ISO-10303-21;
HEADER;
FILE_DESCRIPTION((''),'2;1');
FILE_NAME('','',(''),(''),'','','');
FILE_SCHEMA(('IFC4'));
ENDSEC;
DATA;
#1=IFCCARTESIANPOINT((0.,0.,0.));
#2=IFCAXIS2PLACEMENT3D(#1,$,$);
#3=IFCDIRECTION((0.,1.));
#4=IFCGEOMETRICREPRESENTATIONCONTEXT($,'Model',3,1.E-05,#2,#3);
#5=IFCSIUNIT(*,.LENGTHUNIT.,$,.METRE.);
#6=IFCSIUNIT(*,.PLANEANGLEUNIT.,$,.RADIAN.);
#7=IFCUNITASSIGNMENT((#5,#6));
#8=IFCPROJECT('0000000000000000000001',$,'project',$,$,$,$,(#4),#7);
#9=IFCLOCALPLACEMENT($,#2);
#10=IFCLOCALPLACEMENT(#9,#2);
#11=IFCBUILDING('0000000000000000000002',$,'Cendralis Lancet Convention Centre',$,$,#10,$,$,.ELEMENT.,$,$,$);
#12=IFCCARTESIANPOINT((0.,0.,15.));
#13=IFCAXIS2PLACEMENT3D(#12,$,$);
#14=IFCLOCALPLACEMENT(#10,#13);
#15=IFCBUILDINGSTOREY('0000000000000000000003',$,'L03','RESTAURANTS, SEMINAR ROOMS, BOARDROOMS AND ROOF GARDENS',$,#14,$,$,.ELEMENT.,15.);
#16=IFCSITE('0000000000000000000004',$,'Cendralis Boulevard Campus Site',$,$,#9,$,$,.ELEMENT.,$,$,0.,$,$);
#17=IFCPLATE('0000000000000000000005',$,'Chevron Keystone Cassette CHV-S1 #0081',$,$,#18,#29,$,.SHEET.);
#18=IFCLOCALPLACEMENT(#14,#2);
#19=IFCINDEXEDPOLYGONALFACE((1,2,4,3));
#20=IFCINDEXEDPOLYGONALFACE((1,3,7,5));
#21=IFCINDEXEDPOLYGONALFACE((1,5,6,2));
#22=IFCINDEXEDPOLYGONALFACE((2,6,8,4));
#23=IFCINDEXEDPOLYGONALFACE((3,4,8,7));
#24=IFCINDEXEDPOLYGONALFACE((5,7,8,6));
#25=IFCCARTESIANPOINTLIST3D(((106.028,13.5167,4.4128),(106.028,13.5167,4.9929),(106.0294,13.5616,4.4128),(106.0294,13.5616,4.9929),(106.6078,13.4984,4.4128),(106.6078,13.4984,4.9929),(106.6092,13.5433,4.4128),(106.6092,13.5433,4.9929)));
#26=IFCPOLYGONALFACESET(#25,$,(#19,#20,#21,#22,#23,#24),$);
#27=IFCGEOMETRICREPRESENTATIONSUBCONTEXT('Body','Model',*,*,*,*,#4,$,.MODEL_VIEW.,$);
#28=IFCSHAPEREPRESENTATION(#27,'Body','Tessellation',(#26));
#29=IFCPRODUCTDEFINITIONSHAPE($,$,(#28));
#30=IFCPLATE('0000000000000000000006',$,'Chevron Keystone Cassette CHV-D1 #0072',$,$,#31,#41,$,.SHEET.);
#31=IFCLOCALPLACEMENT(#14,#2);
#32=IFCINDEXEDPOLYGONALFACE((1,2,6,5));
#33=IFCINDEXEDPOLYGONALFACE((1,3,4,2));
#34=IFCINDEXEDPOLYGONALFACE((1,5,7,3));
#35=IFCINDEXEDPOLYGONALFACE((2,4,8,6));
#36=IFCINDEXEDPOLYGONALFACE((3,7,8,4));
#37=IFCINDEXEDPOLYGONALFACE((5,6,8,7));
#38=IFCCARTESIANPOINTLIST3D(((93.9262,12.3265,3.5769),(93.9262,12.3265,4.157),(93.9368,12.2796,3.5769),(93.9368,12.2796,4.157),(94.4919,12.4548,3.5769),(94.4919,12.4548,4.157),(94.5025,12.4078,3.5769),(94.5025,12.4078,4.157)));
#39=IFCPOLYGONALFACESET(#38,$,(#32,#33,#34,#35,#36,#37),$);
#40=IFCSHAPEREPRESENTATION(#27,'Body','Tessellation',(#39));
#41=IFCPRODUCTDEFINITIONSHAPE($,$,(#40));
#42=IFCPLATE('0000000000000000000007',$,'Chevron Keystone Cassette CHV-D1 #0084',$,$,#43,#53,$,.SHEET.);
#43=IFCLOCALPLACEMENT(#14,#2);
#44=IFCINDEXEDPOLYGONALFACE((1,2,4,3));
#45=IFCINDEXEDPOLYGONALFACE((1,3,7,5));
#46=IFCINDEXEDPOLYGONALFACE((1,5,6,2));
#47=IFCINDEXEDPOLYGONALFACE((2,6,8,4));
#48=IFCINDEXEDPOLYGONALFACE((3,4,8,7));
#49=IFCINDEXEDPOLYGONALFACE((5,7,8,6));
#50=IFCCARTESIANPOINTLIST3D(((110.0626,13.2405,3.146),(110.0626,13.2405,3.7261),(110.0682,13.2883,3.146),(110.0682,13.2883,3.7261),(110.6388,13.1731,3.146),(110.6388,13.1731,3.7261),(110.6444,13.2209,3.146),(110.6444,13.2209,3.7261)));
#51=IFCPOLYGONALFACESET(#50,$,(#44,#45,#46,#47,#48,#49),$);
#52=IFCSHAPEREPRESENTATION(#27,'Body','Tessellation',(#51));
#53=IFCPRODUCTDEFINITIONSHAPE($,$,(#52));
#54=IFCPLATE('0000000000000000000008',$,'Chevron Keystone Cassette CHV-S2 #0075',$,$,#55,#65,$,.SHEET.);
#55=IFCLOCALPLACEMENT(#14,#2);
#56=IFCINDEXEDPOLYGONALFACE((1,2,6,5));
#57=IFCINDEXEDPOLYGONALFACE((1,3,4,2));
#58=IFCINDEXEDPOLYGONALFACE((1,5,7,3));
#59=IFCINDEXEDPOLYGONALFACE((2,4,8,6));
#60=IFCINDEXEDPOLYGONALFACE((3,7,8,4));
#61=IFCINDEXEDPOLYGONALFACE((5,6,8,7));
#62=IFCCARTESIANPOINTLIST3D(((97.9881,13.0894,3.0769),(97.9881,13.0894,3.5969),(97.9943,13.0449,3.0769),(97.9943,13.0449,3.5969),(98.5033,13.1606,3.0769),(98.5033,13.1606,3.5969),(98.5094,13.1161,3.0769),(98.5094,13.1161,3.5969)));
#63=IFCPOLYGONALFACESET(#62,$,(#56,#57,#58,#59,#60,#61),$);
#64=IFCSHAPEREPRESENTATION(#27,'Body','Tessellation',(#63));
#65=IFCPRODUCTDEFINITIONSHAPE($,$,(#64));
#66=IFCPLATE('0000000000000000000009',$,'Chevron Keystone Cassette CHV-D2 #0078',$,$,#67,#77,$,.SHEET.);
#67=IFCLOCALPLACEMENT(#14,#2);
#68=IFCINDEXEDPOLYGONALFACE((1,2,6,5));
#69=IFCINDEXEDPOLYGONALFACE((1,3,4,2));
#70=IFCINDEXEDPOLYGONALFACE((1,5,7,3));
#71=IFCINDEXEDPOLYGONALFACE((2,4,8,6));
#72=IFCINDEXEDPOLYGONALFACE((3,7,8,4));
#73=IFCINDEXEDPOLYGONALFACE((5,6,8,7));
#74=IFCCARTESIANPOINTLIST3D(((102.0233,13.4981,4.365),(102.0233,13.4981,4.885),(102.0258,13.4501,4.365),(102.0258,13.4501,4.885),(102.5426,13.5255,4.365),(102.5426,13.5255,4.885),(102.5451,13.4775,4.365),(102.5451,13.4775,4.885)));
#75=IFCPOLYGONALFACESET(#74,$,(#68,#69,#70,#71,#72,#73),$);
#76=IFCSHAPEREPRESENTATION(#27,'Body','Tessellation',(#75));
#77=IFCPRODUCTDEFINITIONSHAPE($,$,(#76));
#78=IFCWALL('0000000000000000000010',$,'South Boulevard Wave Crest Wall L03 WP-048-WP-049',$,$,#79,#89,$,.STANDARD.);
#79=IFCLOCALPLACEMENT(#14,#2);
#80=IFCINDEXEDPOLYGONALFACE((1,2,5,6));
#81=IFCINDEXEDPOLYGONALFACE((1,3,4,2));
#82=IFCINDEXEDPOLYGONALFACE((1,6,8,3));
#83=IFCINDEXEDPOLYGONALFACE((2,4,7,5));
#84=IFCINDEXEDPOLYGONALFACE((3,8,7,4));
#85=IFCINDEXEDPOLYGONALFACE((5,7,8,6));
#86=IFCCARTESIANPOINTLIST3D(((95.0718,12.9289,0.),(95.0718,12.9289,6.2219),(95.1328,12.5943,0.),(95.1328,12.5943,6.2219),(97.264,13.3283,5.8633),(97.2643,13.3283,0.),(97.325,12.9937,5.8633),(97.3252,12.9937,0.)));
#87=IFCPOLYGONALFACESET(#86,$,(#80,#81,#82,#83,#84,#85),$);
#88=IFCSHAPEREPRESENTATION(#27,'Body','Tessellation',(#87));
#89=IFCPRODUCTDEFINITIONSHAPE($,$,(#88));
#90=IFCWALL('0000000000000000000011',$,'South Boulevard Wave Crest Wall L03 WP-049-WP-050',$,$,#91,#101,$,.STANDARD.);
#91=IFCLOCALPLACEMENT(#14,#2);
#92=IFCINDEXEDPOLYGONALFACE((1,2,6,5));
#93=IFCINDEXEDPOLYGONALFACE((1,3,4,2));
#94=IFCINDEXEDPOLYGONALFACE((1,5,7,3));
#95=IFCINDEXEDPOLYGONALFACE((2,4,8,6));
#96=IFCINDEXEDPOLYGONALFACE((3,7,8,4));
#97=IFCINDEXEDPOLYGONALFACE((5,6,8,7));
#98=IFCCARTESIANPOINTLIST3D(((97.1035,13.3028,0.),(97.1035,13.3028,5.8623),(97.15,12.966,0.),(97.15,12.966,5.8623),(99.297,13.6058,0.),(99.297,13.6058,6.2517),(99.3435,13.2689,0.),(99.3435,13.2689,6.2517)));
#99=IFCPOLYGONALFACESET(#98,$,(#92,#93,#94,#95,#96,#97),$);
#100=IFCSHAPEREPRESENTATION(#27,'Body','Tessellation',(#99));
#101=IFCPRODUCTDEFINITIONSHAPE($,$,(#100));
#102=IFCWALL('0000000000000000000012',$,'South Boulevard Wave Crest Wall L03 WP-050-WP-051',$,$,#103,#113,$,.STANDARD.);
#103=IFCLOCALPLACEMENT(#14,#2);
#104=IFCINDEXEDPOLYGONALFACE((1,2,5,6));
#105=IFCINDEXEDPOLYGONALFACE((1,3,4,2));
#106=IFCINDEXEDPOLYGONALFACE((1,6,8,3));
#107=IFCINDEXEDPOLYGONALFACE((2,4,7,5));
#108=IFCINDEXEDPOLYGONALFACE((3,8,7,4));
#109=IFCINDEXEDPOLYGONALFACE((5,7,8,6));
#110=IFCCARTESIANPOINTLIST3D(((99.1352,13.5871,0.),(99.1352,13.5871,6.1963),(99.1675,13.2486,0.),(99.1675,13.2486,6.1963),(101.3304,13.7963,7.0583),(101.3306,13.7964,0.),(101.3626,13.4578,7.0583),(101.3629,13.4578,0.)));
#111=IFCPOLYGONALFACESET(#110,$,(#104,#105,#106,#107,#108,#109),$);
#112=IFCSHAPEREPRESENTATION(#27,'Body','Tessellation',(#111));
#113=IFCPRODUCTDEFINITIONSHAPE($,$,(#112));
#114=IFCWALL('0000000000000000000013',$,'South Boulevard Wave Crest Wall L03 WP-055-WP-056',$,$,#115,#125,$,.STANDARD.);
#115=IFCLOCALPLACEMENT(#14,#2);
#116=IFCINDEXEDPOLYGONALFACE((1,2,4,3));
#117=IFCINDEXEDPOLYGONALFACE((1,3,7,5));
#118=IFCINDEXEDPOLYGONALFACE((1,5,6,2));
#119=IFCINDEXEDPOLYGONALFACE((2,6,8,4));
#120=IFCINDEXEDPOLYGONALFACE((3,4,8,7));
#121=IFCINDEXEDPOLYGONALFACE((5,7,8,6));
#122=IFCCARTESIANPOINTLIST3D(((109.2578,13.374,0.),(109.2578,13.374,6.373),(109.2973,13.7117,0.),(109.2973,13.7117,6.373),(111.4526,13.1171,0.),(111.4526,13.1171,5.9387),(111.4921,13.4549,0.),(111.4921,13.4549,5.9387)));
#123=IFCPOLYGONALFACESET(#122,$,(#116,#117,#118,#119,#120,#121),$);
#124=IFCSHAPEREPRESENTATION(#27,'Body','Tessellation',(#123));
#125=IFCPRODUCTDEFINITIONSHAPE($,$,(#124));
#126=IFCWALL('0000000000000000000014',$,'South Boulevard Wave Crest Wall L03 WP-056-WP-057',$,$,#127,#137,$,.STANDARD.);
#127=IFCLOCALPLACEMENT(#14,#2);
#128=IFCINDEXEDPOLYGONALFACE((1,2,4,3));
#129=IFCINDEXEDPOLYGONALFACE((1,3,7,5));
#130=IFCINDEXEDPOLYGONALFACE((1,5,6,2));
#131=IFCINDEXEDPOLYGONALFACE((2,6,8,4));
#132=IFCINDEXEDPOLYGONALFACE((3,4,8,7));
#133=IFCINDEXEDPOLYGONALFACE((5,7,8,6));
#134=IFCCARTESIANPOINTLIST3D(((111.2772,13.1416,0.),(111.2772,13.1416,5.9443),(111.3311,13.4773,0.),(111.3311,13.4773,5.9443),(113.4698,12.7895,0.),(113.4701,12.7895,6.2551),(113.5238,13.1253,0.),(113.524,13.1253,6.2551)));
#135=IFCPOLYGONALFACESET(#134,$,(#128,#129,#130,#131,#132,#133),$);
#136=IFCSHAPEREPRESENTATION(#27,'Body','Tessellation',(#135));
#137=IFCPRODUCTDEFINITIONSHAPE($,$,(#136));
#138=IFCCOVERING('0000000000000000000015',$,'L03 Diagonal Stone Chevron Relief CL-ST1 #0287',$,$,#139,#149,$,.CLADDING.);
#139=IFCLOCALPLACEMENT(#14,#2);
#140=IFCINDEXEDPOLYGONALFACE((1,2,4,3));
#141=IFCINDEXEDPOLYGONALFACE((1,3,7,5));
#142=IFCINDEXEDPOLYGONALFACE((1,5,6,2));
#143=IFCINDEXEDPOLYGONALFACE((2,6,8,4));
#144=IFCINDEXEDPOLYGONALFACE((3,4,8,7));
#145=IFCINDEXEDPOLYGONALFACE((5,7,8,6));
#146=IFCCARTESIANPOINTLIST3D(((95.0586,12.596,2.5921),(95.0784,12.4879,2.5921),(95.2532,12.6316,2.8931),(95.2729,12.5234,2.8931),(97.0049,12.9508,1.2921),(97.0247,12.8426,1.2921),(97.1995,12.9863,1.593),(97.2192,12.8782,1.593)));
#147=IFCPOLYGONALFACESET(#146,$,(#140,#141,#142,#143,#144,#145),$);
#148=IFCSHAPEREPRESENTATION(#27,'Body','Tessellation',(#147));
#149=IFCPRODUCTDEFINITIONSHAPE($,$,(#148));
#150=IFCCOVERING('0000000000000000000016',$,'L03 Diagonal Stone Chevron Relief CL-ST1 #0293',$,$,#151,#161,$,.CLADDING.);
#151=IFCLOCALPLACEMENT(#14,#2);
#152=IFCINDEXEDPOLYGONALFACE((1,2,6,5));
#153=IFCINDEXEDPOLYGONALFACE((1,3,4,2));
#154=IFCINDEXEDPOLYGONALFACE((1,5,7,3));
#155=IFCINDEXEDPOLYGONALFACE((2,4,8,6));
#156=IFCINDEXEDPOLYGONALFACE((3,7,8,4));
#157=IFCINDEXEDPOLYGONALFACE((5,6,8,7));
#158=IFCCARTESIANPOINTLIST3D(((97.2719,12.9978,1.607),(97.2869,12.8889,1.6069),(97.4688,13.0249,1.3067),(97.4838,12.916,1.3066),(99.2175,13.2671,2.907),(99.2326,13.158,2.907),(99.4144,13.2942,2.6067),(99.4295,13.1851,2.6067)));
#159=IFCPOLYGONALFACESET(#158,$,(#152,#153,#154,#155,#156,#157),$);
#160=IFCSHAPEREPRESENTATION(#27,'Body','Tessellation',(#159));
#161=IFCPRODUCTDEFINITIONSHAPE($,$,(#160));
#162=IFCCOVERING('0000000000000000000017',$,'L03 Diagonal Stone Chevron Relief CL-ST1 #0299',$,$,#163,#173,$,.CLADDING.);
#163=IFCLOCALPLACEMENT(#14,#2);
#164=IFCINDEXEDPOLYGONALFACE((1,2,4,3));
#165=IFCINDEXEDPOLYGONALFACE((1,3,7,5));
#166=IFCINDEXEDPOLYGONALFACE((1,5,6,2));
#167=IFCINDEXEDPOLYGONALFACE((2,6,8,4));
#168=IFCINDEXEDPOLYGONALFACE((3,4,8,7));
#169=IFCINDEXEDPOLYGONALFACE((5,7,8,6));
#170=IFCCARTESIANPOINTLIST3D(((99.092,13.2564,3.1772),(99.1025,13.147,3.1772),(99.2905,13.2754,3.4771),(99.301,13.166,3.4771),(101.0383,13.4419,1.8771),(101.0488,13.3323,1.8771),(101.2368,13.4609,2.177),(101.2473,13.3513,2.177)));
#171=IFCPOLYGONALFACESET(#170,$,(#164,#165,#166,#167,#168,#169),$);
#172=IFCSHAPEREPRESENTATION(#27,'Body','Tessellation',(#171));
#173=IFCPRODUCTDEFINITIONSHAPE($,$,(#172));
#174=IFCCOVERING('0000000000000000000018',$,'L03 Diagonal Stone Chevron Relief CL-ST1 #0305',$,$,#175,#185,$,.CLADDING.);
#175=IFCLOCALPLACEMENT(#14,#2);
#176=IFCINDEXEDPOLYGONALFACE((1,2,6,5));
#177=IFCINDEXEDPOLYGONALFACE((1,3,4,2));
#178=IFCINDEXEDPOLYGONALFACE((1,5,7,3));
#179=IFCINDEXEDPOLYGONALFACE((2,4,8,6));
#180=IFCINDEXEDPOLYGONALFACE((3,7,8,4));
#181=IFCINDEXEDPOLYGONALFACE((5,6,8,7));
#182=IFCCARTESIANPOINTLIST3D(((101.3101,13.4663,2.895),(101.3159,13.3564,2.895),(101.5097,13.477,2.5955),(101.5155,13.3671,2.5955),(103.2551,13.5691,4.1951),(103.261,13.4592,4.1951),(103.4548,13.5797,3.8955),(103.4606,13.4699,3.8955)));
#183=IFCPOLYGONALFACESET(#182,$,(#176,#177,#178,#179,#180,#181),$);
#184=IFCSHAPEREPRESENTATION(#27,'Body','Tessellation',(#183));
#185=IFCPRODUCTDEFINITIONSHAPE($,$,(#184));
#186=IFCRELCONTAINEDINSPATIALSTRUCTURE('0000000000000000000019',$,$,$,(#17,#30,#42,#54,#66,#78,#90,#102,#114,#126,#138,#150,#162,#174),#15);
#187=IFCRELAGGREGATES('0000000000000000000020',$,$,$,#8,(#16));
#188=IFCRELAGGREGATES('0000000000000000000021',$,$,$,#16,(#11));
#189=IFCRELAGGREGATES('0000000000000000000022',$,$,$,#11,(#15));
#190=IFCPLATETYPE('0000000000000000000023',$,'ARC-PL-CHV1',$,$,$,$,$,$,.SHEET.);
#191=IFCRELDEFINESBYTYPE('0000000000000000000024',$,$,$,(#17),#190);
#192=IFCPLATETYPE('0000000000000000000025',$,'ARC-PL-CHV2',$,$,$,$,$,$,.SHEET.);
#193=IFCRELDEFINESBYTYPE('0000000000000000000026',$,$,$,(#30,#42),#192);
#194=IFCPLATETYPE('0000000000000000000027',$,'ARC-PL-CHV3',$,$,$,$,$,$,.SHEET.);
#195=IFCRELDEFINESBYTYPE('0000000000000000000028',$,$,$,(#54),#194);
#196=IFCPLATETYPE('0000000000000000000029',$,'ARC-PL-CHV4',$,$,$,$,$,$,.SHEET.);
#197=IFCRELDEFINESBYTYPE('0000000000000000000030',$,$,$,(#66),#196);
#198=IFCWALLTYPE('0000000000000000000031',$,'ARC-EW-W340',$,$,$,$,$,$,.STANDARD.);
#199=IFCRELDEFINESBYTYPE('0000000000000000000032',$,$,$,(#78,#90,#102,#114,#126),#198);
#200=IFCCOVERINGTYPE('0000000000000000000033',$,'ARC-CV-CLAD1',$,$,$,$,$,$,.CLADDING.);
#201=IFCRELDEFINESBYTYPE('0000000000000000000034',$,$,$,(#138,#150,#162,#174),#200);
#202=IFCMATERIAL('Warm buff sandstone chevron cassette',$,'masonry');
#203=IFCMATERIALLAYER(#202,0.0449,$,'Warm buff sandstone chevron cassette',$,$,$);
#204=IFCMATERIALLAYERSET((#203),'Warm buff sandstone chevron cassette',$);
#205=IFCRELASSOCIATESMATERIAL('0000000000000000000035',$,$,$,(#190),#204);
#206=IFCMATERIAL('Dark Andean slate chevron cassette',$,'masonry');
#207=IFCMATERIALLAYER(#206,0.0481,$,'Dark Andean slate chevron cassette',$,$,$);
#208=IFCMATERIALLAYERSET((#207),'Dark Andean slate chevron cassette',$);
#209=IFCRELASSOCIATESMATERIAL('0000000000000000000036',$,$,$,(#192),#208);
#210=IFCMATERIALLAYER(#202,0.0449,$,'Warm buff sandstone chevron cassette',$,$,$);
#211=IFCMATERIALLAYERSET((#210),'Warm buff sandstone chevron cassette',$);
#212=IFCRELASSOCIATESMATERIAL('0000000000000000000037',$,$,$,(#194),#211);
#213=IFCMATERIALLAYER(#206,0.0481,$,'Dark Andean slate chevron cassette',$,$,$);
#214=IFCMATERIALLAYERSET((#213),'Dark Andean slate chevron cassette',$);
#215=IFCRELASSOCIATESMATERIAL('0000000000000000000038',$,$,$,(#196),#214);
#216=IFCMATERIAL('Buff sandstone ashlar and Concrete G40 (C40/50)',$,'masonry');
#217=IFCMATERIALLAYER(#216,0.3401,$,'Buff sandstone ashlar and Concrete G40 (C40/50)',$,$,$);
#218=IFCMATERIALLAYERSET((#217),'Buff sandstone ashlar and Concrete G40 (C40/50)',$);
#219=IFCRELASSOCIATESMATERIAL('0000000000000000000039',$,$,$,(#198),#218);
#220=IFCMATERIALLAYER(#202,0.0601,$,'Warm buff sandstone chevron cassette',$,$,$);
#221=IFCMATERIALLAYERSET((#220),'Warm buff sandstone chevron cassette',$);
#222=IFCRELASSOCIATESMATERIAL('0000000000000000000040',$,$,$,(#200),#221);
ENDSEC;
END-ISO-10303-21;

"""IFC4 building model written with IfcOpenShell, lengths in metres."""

from ifc_helpers import new_model, si_unit, direction, frame, origin, origin_2d, place, context, subcontext, project, spatial, polyline, rectangle, outline, extrude, material, layer, layer_set, type_object, element, save


model = new_model("IFC4")

# Units and contexts
model_context = context("Model", 3, precision=1e-05, world=origin(), true_north=direction((0.0, 1.0)))
body_context = subcontext(model_context, "Body", "Model", "MODEL_VIEW")
ifc_project = project(units=[si_unit("LENGTHUNIT", "METRE"), si_unit("PLANEANGLEUNIT", "RADIAN")], contexts=[model_context])

# Site, building, storey
site_placement = place(None, origin())
site = spatial("IfcSite", under=ifc_project, at=site_placement, Name="Cendralis Boulevard Campus Site", CompositionType="ELEMENT", RefElevation=0.0)
building_placement = place(site_placement, origin())
building = spatial("IfcBuilding", under=site, at=building_placement, Name="Cendralis Lancet Convention Centre", CompositionType="ELEMENT")
storey_placement = place(building_placement, frame((0.0, 0.0, 15.0)))
storey = spatial("IfcBuildingStorey", under=building, at=storey_placement, Name="L03", Description="RESTAURANTS, SEMINAR ROOMS, BOARDROOMS AND ROOF GARDENS", CompositionType="ELEMENT", Elevation=15.0)

# Plates
ifc_material_1 = material(Name="Warm buff sandstone chevron cassette", Category="masonry")
ifc_layer_1 = layer(ifc_material_1, 0.0449, Name="Warm buff sandstone chevron cassette")
ifc_layer_set_1 = layer_set([ifc_layer_1], Name="Warm buff sandstone chevron cassette")
plate_type_1 = type_object("IfcPlateType", Name="ARC-PL-CHV1", PredefinedType="SHEET", material=ifc_layer_set_1)
plate_1_placement = place(storey_placement, frame((106.3186, 13.53, 4.4128), z_axis=(0.0, 0.0, 1.0), x_axis=(0.999501, -0.031585, 0.0)))
element("IfcPlate", 1, at=plate_1_placement, inside=storey, type_object=plate_type_1, Name="Chevron Keystone Cassette CHV-S1 #0081", PredefinedType="SHEET", context=body_context, shape_type="SweptSolid", body=[
    extrude(rectangle(XDim=0.5801, YDim=0.0449, at=origin_2d()), origin(), (0.0, 0.0, 1.0), 0.5801),
])
ifc_material_2 = material(Name="Dark Andean slate chevron cassette", Category="masonry")
ifc_layer_2 = layer(ifc_material_2, 0.0481, Name="Dark Andean slate chevron cassette")
ifc_layer_set_2 = layer_set([ifc_layer_2], Name="Dark Andean slate chevron cassette")
plate_type_2 = type_object("IfcPlateType", Name="ARC-PL-CHV2", PredefinedType="SHEET", material=ifc_layer_set_2)
for number, where, z_axis, x_axis, name in (
    (2, (94.2144, 12.3672, 3.5769), (0.0, 0.0, 1.0), (0.975261, 0.221055, 0.0), "Chevron Keystone Cassette CHV-D1 #0072"),
    (3, (110.3535, 13.2307, 3.146), (0.0, 0.0, 1.0), (0.993228, -0.116185, 0.0), "Chevron Keystone Cassette CHV-D1 #0084"),
):
    element("IfcPlate", number, at=place(storey_placement, frame(where, z_axis=z_axis, x_axis=x_axis)), inside=storey, type_object=plate_type_2, Name=name, PredefinedType="SHEET", context=body_context, shape_type="SweptSolid", body=[
        extrude(rectangle(XDim=0.5801, YDim=0.0481, at=origin_2d()), origin(), (0.0, 0.0, 1.0), 0.5801),
    ])
ifc_layer_3 = layer(ifc_material_1, 0.0449, Name="Warm buff sandstone chevron cassette")
ifc_layer_set_3 = layer_set([ifc_layer_3], Name="Warm buff sandstone chevron cassette")
plate_type_3 = type_object("IfcPlateType", Name="ARC-PL-CHV3", PredefinedType="SHEET", material=ifc_layer_set_3)
plate_2_placement = place(storey_placement, frame((98.2488, 13.1028, 3.0769), z_axis=(0.0, 0.0, 1.0), x_axis=(0.990577, 0.13696, 0.0)))
element("IfcPlate", 4, at=plate_2_placement, inside=storey, type_object=plate_type_3, Name="Chevron Keystone Cassette CHV-S2 #0075", PredefinedType="SHEET", context=body_context, shape_type="SweptSolid", body=[
    extrude(rectangle(XDim=0.52, YDim=0.0449, at=origin_2d()), origin(), (0.0, 0.0, 1.0), 0.52),
])
ifc_layer_4 = layer(ifc_material_2, 0.0481, Name="Dark Andean slate chevron cassette")
ifc_layer_set_4 = layer_set([ifc_layer_4], Name="Dark Andean slate chevron cassette")
plate_type_4 = type_object("IfcPlateType", Name="ARC-PL-CHV4", PredefinedType="SHEET", material=ifc_layer_set_4)
plate_3_placement = place(storey_placement, frame((102.2842, 13.4878, 4.365), z_axis=(0.0, 0.0, 1.0), x_axis=(0.998607, 0.052772, 0.0)))
element("IfcPlate", 5, at=plate_3_placement, inside=storey, type_object=plate_type_4, Name="Chevron Keystone Cassette CHV-D2 #0078", PredefinedType="SHEET", context=body_context, shape_type="SweptSolid", body=[
    extrude(rectangle(XDim=0.52, YDim=0.0481, at=origin_2d()), origin(), (0.0, 0.0, 1.0), 0.52),
])

# Walls
ifc_material_3 = material(Name="Buff sandstone ashlar and Concrete G40 (C40/50)", Category="masonry")
ifc_layer_5 = layer(ifc_material_3, 0.3401, Name="Buff sandstone ashlar and Concrete G40 (C40/50)")
ifc_layer_set_5 = layer_set([ifc_layer_5], Name="Buff sandstone ashlar and Concrete G40 (C40/50)")
wall_type = type_object("IfcWallType", Name="ARC-EW-W340", PredefinedType="STANDARD", material=ifc_layer_set_5)
wall_1_placement = place(storey_placement, frame((95.1023, 12.7617, 0.0), z_axis=(0.0, 0.0, 1.0), x_axis=(0.983807, 0.179232, 0.0)))
element("IfcWall", 6, at=wall_1_placement, inside=storey, type_object=wall_type, Name="South Boulevard Wave Crest Wall L03 WP-048-WP-049", PredefinedType="STANDARD", context=body_context, shape_type="SweptSolid", body=[
    extrude(outline(polyline([(0.0, 0.0), (2.2285, 0.0), (2.2283, 5.8633), (0.0, 6.2219), (0.0, 0.0)])), frame((0.0, 0.1699, 0.0), z_axis=(0.0, -1.0, 0.0), x_axis=(1.0, 0.0, 0.0)), (0.0, 0.0, 1.0), 0.3401),
])
wall_2_placement = place(storey_placement, frame((97.1267, 13.1345, 0.0), z_axis=(0.0, 0.0, 1.0), x_axis=(0.990596, 0.13682, 0.0)))
element("IfcWall", 7, at=wall_2_placement, inside=storey, type_object=wall_type, Name="South Boulevard Wave Crest Wall L03 WP-049-WP-050", PredefinedType="STANDARD", context=body_context, shape_type="SweptSolid", body=[
    extrude(outline(polyline([(0.0, 0.0), (2.2144, 0.0), (2.2144, 6.2517), (0.0, 5.8623), (0.0, 0.0)])), frame((0.0, 0.1699, 0.0), z_axis=(0.0, -1.0, 0.0), x_axis=(1.0, 0.0, 0.0)), (0.0, 0.0, 1.0), 0.3401),
])
wall_3_placement = place(storey_placement, frame((99.1514, 13.418, 0.0), z_axis=(0.0, 0.0, 1.0), x_axis=(0.995489, 0.094877, 0.0)))
element("IfcWall", 8, at=wall_3_placement, inside=storey, type_object=wall_type, Name="South Boulevard Wave Crest Wall L03 WP-050-WP-051", PredefinedType="STANDARD", context=body_context, shape_type="SweptSolid", body=[
    extrude(outline(polyline([(0.0, 0.0), (2.2053, 0.0), (2.2051, 7.0583), (0.0, 6.1963), (0.0, 0.0)])), frame((0.0, 0.1699, 0.0), z_axis=(0.0, -1.0, 0.0), x_axis=(1.0, 0.0, 0.0)), (0.0, 0.0, 1.0), 0.3401),
])
wall_4_placement = place(storey_placement, frame((109.2776, 13.543, 0.0), z_axis=(0.0, 0.0, 1.0), x_axis=(0.993223, -0.116226, 0.0)))
element("IfcWall", 9, at=wall_4_placement, inside=storey, type_object=wall_type, Name="South Boulevard Wave Crest Wall L03 WP-055-WP-056", PredefinedType="STANDARD", context=body_context, shape_type="SweptSolid", body=[
    extrude(outline(polyline([(0.0, 0.0), (2.2097, 0.0), (2.2097, 5.9387), (0.0, 6.373), (0.0, 0.0)])), frame((0.0, 0.1699, 0.0), z_axis=(0.0, -1.0, 0.0), x_axis=(1.0, 0.0, 0.0)), (0.0, 0.0, 1.0), 0.3401),
])
wall_5_placement = place(storey_placement, frame((111.3042, 13.3096, 0.0), z_axis=(0.0, 0.0, 1.0), x_axis=(0.987354, -0.158531, 0.0)))
element("IfcWall", 10, at=wall_5_placement, inside=storey, type_object=wall_type, Name="South Boulevard Wave Crest Wall L03 WP-056-WP-057", PredefinedType="STANDARD", context=body_context, shape_type="SweptSolid", body=[
    extrude(outline(polyline([(0.0, 0.0), (2.2207, 0.0), (2.2209, 6.2551), (0.0, 5.9443), (0.0, 0.0)])), frame((0.0, 0.1699, 0.0), z_axis=(0.0, -1.0, 0.0), x_axis=(1.0, 0.0, 0.0)), (0.0, 0.0, 1.0), 0.3401),
])

# Coverings
ifc_layer_6 = layer(ifc_material_1, 0.0601, Name="Warm buff sandstone chevron cassette")
ifc_layer_set_6 = layer_set([ifc_layer_6], Name="Warm buff sandstone chevron cassette")
covering_type_1 = type_object("IfcCoveringType", Name="ARC-CV-CLAD1", PredefinedType="CLADDING", material=ifc_layer_set_6)
covering_1_placement = place(storey_placement, frame((95.2729, 12.5234, 2.8931), z_axis=(0.540219, 0.098776, 0.835708), x_axis=(0.822163, 0.14985, -0.549175)))
element("IfcCovering", 11, at=covering_1_placement, inside=storey, type_object=covering_type_1, Name="L03 Diagonal Stone Chevron Relief CL-ST1 #0287", PredefinedType="CLADDING", context=body_context, shape_type="SweptSolid", body=[
    extrude(outline(polyline([(0.0, 0.0), (2.3673, 0.0), (2.3672, 0.1099), (-0.0001, 0.1099), (0.0, 0.0)])), origin(), (0.0, 0.0, -1.0), 0.3601),
])
covering_2_placement = place(storey_placement, frame((97.2869, 12.8889, 1.6069), z_axis=(-0.546765, -0.07531, 0.833892), x_axis=(0.826033, 0.114214, 0.551927)))
element("IfcCovering", 12, at=covering_2_placement, inside=storey, type_object=covering_type_1, Name="L03 Diagonal Stone Chevron Relief CL-ST1 #0293", PredefinedType="CLADDING", context=body_context, shape_type="SweptSolid", body=[
    extrude(outline(polyline([(0.0, 0.0), (2.3556, 0.0), (2.3555, 0.1102), (0.0001, 0.1099), (0.0, 0.0)])), origin(), (0.0, 0.0, -1.0), 0.3601),
])
covering_3_placement = place(storey_placement, frame((99.301, 13.166, 3.4771), z_axis=(0.551184, 0.052845, 0.832709), x_axis=(0.82896, 0.078924, -0.553711)))
element("IfcCovering", 13, at=covering_3_placement, inside=storey, type_object=covering_type_1, Name="L03 Diagonal Stone Chevron Relief CL-ST1 #0299", PredefinedType="CLADDING", context=body_context, shape_type="SweptSolid", body=[
    extrude(outline(polyline([(0.0, 0.0), (2.3479, 0.0), (2.3478, 0.1101), (-0.0001, 0.1099), (0.0, 0.0)])), origin(), (0.0, 0.0, -1.0), 0.3601),
])
covering_4_placement = place(storey_placement, frame((101.3159, 13.3564, 2.895), z_axis=(-0.554364, -0.029566, 0.831749), x_axis=(0.83059, 0.043891, 0.555152)))
element("IfcCovering", 14, at=covering_4_placement, inside=storey, type_object=covering_type_1, Name="L03 Diagonal Stone Chevron Relief CL-ST1 #0305", PredefinedType="CLADDING", context=body_context, shape_type="SweptSolid", body=[
    extrude(outline(polyline([(0.0, 0.0), (2.3418, 0.0), (2.3417, 0.11), (0.0, 0.11), (0.0, 0.0)])), origin(), (0.0, 0.0, -1.0), 0.3601),
])

save(model, "model.ifc")
